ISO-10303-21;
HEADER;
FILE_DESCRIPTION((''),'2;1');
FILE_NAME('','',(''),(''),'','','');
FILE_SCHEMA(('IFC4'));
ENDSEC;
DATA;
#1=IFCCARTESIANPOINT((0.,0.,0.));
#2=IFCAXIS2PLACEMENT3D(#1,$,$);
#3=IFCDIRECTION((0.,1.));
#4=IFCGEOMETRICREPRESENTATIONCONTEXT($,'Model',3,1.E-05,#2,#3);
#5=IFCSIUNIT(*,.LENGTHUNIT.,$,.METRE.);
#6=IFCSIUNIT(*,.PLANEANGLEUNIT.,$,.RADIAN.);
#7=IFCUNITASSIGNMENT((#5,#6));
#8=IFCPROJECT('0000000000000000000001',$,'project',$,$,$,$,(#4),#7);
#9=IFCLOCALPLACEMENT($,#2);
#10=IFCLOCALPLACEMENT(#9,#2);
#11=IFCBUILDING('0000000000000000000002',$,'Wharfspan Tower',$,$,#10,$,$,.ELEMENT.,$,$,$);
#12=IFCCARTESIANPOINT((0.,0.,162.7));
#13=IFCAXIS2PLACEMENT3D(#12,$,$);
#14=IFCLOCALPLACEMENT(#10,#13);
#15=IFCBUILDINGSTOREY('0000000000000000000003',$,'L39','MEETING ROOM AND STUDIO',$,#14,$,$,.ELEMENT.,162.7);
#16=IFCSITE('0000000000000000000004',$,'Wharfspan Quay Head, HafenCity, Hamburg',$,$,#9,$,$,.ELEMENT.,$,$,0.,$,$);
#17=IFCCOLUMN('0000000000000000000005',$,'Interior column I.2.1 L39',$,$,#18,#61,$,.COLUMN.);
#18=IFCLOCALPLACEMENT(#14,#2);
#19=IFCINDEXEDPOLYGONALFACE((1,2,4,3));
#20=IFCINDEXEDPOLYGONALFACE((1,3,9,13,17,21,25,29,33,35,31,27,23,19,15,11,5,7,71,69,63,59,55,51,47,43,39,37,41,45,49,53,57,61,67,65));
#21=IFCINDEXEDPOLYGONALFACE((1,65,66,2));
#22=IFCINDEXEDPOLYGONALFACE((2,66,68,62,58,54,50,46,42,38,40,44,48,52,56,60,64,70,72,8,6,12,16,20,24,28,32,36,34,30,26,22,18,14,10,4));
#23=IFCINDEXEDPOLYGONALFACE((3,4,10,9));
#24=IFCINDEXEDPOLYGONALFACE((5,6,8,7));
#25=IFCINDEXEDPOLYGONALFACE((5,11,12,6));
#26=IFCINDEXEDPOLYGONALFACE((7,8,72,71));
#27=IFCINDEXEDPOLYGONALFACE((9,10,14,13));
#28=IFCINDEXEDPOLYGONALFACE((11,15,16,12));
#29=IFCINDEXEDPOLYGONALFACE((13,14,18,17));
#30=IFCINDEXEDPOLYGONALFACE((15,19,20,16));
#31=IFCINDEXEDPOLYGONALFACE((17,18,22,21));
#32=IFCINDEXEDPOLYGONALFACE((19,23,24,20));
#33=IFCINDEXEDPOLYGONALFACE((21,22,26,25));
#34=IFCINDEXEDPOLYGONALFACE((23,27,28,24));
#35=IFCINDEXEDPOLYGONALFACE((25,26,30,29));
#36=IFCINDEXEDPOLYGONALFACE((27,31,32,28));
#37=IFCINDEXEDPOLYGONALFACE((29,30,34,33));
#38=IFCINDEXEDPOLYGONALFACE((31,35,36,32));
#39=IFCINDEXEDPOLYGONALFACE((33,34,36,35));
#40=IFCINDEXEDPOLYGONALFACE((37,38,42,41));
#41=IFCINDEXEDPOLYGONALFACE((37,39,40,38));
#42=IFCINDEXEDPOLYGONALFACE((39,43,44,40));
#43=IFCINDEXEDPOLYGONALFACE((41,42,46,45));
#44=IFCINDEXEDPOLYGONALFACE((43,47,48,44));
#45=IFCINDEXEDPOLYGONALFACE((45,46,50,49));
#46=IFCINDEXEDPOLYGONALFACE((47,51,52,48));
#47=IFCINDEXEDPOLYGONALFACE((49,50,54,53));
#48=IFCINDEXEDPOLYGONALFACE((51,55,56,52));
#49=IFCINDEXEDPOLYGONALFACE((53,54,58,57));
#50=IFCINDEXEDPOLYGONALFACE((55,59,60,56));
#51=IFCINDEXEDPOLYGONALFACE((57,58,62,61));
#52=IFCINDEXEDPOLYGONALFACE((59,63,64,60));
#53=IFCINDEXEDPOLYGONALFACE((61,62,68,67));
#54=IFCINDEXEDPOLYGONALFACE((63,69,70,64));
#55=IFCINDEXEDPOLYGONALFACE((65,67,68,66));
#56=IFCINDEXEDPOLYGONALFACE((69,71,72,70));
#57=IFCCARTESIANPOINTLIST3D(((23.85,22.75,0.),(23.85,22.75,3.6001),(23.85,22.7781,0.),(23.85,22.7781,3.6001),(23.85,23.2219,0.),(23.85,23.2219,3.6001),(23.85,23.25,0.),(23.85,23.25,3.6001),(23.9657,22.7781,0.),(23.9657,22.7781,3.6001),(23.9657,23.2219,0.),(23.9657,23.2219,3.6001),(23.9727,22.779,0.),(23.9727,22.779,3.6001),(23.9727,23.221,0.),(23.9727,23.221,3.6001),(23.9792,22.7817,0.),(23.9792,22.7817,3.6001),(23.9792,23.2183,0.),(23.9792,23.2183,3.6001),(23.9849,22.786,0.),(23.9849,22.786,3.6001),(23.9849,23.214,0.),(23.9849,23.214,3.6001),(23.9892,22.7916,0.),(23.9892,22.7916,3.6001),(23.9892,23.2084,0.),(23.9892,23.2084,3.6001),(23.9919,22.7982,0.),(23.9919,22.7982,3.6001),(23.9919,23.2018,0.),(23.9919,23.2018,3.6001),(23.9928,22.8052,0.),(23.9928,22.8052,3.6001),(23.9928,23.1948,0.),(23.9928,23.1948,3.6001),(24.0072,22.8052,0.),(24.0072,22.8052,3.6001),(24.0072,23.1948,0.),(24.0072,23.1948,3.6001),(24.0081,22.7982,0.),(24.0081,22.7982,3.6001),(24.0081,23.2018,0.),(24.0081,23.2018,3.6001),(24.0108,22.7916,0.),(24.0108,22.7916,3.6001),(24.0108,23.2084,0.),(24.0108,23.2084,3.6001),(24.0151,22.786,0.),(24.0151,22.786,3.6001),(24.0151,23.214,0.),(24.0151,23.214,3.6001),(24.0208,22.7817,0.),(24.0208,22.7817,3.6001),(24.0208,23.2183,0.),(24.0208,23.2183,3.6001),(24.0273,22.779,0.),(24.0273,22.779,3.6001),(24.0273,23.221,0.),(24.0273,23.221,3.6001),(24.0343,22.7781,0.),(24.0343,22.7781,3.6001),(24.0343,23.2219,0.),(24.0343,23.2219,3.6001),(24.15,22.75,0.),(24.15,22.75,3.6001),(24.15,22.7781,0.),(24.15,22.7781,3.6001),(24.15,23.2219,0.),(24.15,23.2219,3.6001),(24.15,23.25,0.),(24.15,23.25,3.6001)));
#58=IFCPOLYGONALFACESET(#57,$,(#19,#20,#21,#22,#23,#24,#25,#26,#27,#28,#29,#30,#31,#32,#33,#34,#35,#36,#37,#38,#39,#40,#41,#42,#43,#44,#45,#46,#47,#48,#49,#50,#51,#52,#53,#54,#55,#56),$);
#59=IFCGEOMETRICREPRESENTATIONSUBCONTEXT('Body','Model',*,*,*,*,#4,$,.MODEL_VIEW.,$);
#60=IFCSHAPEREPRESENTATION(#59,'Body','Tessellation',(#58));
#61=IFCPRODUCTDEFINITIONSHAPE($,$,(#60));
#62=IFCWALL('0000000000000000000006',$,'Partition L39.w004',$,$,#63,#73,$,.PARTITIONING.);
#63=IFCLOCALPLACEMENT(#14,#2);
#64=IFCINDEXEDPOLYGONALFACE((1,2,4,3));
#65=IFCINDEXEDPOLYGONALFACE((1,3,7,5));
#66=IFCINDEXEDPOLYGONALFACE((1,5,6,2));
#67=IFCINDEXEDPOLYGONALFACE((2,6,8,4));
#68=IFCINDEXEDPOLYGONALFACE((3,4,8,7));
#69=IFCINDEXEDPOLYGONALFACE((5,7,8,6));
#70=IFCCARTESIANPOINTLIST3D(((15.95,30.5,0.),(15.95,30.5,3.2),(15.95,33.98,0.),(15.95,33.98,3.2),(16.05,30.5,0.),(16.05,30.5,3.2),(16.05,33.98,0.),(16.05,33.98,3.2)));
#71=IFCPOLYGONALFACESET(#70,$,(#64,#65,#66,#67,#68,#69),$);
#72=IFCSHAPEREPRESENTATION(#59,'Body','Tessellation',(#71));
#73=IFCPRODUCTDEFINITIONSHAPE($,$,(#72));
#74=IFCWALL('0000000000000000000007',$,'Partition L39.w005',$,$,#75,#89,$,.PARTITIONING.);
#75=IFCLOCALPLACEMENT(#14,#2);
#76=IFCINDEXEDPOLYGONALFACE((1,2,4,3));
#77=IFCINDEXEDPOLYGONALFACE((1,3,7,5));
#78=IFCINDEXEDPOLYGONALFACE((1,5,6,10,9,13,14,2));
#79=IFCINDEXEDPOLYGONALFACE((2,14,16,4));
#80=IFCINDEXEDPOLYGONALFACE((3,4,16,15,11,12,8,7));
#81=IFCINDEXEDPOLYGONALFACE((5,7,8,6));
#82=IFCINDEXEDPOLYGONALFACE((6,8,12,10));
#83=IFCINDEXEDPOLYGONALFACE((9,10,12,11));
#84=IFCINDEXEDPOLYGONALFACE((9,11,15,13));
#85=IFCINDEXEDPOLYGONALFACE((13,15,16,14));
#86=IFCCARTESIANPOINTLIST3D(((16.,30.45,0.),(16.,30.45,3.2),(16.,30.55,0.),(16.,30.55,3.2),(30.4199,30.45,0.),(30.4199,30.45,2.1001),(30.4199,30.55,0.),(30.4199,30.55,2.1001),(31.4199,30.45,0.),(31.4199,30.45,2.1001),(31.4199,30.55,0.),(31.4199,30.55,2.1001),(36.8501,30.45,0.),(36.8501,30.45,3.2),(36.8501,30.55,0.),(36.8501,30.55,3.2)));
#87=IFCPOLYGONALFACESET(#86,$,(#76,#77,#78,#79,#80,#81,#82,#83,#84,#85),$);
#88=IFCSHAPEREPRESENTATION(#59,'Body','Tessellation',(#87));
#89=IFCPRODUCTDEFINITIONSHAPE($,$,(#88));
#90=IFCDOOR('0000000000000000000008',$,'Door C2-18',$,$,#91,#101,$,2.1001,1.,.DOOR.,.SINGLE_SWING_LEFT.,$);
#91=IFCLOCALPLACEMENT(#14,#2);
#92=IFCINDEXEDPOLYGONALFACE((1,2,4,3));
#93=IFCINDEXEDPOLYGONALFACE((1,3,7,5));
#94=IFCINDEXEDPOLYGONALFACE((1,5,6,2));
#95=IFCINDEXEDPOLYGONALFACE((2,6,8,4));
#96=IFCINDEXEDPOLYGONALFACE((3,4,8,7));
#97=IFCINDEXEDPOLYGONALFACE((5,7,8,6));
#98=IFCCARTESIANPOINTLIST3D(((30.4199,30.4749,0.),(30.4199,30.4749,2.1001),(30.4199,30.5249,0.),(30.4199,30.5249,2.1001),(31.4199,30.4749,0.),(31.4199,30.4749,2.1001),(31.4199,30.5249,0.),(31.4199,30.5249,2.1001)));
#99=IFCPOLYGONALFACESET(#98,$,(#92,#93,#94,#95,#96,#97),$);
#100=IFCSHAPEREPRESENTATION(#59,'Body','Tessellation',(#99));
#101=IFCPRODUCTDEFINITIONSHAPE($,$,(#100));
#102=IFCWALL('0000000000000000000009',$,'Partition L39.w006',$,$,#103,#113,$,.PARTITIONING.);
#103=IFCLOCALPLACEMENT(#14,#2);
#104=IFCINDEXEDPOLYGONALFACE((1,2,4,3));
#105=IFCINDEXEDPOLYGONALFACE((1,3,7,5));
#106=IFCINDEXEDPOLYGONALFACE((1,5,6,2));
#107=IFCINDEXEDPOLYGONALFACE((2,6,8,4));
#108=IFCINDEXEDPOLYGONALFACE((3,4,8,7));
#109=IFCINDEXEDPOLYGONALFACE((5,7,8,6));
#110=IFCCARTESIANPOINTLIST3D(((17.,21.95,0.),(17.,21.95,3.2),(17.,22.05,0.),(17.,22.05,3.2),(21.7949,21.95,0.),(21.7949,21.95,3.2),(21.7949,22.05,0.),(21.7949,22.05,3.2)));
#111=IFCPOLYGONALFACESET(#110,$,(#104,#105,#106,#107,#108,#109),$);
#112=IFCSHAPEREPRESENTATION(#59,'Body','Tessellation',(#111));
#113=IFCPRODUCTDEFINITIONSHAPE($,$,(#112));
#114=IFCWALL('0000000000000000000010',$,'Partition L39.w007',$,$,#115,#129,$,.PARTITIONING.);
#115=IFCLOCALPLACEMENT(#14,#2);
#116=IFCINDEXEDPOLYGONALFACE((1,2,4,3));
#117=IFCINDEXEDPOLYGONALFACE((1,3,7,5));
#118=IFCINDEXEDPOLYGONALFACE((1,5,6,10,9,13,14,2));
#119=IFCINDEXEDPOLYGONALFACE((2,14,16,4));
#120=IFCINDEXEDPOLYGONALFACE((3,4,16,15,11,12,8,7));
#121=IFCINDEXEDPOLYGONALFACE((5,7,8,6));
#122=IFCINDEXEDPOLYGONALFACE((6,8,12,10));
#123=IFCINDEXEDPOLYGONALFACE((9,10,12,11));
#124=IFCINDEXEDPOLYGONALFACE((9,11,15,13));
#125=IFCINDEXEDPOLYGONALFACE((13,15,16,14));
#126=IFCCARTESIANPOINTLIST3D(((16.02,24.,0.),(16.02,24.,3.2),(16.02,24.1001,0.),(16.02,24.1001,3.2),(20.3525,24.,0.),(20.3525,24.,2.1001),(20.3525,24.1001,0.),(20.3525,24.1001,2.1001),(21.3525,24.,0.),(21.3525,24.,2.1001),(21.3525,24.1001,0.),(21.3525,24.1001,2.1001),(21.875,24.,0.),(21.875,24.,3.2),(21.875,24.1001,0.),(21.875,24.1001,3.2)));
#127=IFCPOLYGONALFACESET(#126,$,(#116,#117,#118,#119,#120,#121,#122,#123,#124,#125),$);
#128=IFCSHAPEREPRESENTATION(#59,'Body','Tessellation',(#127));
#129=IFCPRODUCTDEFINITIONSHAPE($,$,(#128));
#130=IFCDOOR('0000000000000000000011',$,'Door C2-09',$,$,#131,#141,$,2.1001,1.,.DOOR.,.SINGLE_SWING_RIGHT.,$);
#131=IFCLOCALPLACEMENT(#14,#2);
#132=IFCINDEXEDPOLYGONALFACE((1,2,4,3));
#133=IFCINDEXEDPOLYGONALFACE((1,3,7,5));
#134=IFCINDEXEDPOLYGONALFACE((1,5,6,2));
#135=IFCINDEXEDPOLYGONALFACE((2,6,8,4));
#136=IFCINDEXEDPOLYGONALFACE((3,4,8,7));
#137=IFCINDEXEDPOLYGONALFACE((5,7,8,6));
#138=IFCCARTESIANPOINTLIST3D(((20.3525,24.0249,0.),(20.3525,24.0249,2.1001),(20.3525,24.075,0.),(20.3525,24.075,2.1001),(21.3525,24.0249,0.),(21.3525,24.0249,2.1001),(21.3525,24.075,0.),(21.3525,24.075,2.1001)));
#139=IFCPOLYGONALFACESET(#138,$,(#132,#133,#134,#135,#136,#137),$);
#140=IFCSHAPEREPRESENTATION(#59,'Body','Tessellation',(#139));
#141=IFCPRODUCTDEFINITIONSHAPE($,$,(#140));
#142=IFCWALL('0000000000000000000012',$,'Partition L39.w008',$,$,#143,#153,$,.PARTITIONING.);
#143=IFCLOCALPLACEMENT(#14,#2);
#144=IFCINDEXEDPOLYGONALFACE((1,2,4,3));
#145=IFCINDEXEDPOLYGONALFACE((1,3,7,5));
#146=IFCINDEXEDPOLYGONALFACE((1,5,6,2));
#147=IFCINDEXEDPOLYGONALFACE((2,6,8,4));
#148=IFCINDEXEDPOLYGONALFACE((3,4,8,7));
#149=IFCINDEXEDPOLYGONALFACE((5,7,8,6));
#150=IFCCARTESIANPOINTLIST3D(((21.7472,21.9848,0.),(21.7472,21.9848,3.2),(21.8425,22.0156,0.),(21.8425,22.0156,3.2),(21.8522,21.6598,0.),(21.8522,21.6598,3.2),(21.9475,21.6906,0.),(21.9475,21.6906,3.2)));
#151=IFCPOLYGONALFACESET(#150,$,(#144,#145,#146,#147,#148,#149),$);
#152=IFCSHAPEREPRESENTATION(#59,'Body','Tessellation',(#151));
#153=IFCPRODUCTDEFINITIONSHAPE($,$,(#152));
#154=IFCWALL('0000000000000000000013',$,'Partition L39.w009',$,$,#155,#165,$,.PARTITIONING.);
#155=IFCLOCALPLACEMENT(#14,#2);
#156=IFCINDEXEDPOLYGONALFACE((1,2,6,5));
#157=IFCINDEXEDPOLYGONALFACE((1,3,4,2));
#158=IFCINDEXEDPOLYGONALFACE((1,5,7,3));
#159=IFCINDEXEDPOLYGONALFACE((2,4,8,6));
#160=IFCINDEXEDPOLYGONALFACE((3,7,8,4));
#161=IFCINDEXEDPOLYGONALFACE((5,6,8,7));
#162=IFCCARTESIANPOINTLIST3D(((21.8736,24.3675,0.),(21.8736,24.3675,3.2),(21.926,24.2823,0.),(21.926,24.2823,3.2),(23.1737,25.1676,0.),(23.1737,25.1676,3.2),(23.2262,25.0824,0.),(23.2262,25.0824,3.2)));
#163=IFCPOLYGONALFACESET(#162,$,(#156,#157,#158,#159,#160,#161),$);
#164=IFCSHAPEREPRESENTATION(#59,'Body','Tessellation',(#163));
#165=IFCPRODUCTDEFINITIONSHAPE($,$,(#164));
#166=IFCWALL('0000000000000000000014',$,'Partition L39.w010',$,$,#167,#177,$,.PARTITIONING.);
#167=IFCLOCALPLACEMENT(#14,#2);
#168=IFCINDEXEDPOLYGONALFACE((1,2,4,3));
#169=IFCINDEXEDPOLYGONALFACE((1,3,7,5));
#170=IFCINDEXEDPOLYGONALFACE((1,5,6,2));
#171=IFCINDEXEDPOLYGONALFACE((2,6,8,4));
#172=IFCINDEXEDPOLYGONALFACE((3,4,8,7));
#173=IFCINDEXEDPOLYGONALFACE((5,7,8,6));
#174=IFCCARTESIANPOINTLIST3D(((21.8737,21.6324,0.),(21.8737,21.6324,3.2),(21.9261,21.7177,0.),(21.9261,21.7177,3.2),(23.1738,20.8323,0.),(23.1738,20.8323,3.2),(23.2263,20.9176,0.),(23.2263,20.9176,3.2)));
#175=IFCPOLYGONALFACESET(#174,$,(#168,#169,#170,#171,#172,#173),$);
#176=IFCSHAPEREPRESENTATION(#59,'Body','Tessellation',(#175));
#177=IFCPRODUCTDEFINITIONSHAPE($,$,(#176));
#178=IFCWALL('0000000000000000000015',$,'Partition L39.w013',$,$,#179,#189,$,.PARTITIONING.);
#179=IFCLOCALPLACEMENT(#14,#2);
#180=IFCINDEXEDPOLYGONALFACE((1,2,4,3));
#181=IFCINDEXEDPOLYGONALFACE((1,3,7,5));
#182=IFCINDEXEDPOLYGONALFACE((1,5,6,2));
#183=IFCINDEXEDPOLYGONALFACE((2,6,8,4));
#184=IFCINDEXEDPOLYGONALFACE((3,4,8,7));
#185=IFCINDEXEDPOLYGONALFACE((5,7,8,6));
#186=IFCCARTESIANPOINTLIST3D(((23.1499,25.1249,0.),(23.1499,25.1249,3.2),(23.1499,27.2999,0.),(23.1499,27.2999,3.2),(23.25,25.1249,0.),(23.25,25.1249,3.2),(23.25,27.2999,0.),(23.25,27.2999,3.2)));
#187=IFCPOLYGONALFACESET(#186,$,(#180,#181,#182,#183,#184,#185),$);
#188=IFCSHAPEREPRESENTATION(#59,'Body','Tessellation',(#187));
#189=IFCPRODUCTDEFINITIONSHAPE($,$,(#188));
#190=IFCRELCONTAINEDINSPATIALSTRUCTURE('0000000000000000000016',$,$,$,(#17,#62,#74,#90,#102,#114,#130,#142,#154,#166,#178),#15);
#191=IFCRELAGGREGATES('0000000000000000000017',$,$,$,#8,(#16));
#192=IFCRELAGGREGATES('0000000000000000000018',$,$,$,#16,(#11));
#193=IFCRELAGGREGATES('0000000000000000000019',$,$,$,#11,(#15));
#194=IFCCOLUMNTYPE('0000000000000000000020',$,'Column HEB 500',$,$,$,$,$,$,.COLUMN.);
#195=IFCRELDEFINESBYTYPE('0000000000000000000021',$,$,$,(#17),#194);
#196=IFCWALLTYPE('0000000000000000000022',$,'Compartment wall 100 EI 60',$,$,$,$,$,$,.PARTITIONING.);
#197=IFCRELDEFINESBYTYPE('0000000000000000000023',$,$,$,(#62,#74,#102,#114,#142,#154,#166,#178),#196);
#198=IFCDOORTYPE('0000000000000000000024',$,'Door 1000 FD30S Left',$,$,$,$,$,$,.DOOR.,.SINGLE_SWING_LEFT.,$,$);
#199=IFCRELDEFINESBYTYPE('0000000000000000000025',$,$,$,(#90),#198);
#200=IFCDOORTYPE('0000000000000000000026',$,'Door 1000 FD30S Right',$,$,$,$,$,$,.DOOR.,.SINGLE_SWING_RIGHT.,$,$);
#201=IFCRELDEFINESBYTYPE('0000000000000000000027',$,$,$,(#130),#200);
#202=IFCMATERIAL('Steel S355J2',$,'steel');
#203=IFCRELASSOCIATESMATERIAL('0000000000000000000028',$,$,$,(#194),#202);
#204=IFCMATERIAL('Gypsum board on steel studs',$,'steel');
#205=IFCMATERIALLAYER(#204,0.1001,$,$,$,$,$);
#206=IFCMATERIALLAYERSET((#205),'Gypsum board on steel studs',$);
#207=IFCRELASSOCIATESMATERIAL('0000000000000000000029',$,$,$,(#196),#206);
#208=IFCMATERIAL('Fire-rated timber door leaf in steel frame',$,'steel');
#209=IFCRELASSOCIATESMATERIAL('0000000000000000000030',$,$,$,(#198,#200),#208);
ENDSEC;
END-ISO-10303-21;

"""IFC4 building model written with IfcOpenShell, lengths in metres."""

from ifc_helpers import new_model, si_unit, direction, frame, frame_2d, origin, origin_2d, place, context, subcontext, project, spatial, rectangle, i_section, extrude, material, layer, layer_set, material_profile, profile_set, type_object, element, fill, save


model = new_model("IFC4")

# Units and contexts
model_context = context("Model", 3, precision=1e-05, world=origin(), true_north=direction((0.0, 1.0)))
body_context = subcontext(model_context, "Body", "Model", "MODEL_VIEW")
ifc_project = project(units=[si_unit("LENGTHUNIT", "METRE"), si_unit("PLANEANGLEUNIT", "RADIAN")], contexts=[model_context])

# Site, building, storey
site_placement = place(None, origin())
site = spatial("IfcSite", under=ifc_project, at=site_placement, Name="Wharfspan Quay Head, HafenCity, Hamburg", CompositionType="ELEMENT", RefElevation=0.0)
building_placement = place(site_placement, origin())
building = spatial("IfcBuilding", under=site, at=building_placement, Name="Wharfspan Tower", CompositionType="ELEMENT")
storey_placement = place(building_placement, frame((0.0, 0.0, 162.7)))
storey = spatial("IfcBuildingStorey", under=building, at=storey_placement, Name="L39", Description="MEETING ROOM AND STUDIO", CompositionType="ELEMENT", Elevation=162.7)

# Column
ifc_material_1 = material(Name="Steel S355J2", Category="steel")
ifc_material_profile = material_profile(ifc_material_1, i_section(OverallWidth=0.3, OverallDepth=0.5, WebThickness=0.0144, FlangeThickness=0.0281, FilletRadius=0.0271, at=origin_2d()))
ifc_profile_set = profile_set([ifc_material_profile], Name="Steel S355J2")
column_type = type_object("IfcColumnType", Name="Column HEB 500", PredefinedType="COLUMN", material=ifc_profile_set)
column_placement = place(storey_placement, frame((24.0, 23.0, 0.0), z_axis=(0.0, 0.0, 1.0), x_axis=(1.0, 0.0, 0.0)))
element("IfcColumn", 1, at=column_placement, inside=storey, type_object=column_type, Name="Interior column I.2.1 L39", PredefinedType="COLUMN", context=body_context, shape_type="SweptSolid", body=[
    extrude(i_section(OverallWidth=0.3, OverallDepth=0.5, WebThickness=0.0144, FlangeThickness=0.0281, FilletRadius=0.0271, at=origin_2d()), origin(), (0.0, 0.0, 1.0), 3.6001),
])

# Wall
ifc_material_2 = material(Name="Gypsum board on steel studs", Category="steel")
ifc_layer_1 = layer(ifc_material_2, 0.1001)
ifc_layer_set_1 = layer_set([ifc_layer_1], Name="Gypsum board on steel studs")
wall_type_1 = type_object("IfcWallType", Name="Compartment wall 100 EI 60", PredefinedType="PARTITIONING", material=ifc_layer_set_1)
wall_1_placement = place(storey_placement, frame((16.0, 30.5, 0.0), z_axis=(0.0, 0.0, 1.0), x_axis=(0.0, 1.0, 0.0)))
element("IfcWall", 2, at=wall_1_placement, inside=storey, type_object=wall_type_1, Name="Partition L39.w004", PredefinedType="PARTITIONING", context=body_context, shape_type="SweptSolid", body=[
    extrude(rectangle(XDim=3.48, YDim=0.1001, at=frame_2d((1.74, 0.0))), origin(), (0.0, 0.0, 1.0), 3.2),
])

# Wall, opening, door
wall_2_placement = place(storey_placement, frame((16.0, 30.5, 0.0), z_axis=(0.0, 0.0, 1.0), x_axis=(1.0, 0.0, 0.0)))
wall_2 = element("IfcWall", 3, at=wall_2_placement, inside=storey, type_object=wall_type_1, Name="Partition L39.w005", PredefinedType="PARTITIONING", context=body_context, shape_type="SweptSolid", body=[
    extrude(rectangle(XDim=20.8501, YDim=0.1001, at=frame_2d((10.425, 0.0))), origin(), (0.0, 0.0, 1.0), 3.2),
])
opening_1_placement = place(wall_2_placement, frame((14.4199, 0.0, 0.0)))
opening_1 = element("IfcOpeningElement", 4, at=opening_1_placement, cuts=wall_2, PredefinedType="OPENING", context=body_context, shape_type="SweptSolid", body=[
    extrude(rectangle(XDim=1.0, YDim=2.1001, at=frame_2d((0.5, 1.05))), frame((0.0, 0.0601, 0.0), z_axis=(0.0, -1.0, 0.0), x_axis=(1.0, 0.0, 0.0)), (0.0, 0.0, 1.0), 0.1201),
])
ifc_material_3 = material(Name="Fire-rated timber door leaf in steel frame", Category="steel")
door_type_1 = type_object("IfcDoorType", Name="Door 1000 FD30S Left", OperationType="SINGLE_SWING_LEFT", PredefinedType="DOOR", material=ifc_material_3)
door_1_placement = place(opening_1_placement, origin())
door_1 = element("IfcDoor", 5, at=door_1_placement, inside=storey, type_object=door_type_1, Name="Door C2-18", OperationType="SINGLE_SWING_LEFT", OverallHeight=2.1001, OverallWidth=1.0, PredefinedType="DOOR", context=body_context, shape_type="SweptSolid", body=[
    extrude(rectangle(XDim=1.0, YDim=2.1001, at=frame_2d((0.5, 1.05))), frame((0.0, 0.0249, 0.0), z_axis=(0.0, -1.0, 0.0), x_axis=(1.0, 0.0, 0.0)), (0.0, 0.0, 1.0), 0.05),
])
fill(opening_1, door_1)

# Wall
wall_3_placement = place(storey_placement, frame((17.0, 22.0, 0.0), z_axis=(0.0, 0.0, 1.0), x_axis=(1.0, 0.0, 0.0)))
element("IfcWall", 6, at=wall_3_placement, inside=storey, type_object=wall_type_1, Name="Partition L39.w006", PredefinedType="PARTITIONING", context=body_context, shape_type="SweptSolid", body=[
    extrude(rectangle(XDim=4.7949, YDim=0.1001, at=frame_2d((2.3975, 0.0))), origin(), (0.0, 0.0, 1.0), 3.2),
])

# Wall, opening, door
wall_4_placement = place(storey_placement, frame((16.02, 24.05, 0.0), z_axis=(0.0, 0.0, 1.0), x_axis=(1.0, 0.0, 0.0)))
wall_4 = element("IfcWall", 7, at=wall_4_placement, inside=storey, type_object=wall_type_1, Name="Partition L39.w007", PredefinedType="PARTITIONING", context=body_context, shape_type="SweptSolid", body=[
    extrude(rectangle(XDim=5.855, YDim=0.1001, at=frame_2d((2.9275, 0.0))), origin(), (0.0, 0.0, 1.0), 3.2),
])
opening_2_placement = place(wall_4_placement, frame((4.3325, 0.0, 0.0)))
opening_2 = element("IfcOpeningElement", 8, at=opening_2_placement, cuts=wall_4, PredefinedType="OPENING", context=body_context, shape_type="SweptSolid", body=[
    extrude(rectangle(XDim=1.0, YDim=2.1001, at=frame_2d((0.5, 1.05))), frame((0.0, 0.0601, 0.0), z_axis=(0.0, -1.0, 0.0), x_axis=(1.0, 0.0, 0.0)), (0.0, 0.0, 1.0), 0.1201),
])
door_type_2 = type_object("IfcDoorType", Name="Door 1000 FD30S Right", OperationType="SINGLE_SWING_RIGHT", PredefinedType="DOOR", material=ifc_material_3)
door_2_placement = place(opening_2_placement, origin())
door_2 = element("IfcDoor", 9, at=door_2_placement, inside=storey, type_object=door_type_2, Name="Door C2-09", OperationType="SINGLE_SWING_RIGHT", OverallHeight=2.1001, OverallWidth=1.0, PredefinedType="DOOR", context=body_context, shape_type="SweptSolid", body=[
    extrude(rectangle(XDim=1.0, YDim=2.1001, at=frame_2d((0.5, 1.05))), frame((0.0, 0.0249, 0.0), z_axis=(0.0, -1.0, 0.0), x_axis=(1.0, 0.0, 0.0)), (0.0, 0.0, 1.0), 0.05),
])
fill(opening_2, door_2)

# Walls
wall_5_placement = place(storey_placement, frame((21.8999, 21.675, 0.0), z_axis=(0.0, 0.0, 1.0), x_axis=(-0.30742, 0.951572, 0.0)))
element("IfcWall", 10, at=wall_5_placement, inside=storey, type_object=wall_type_1, Name="Partition L39.w008", PredefinedType="PARTITIONING", context=body_context, shape_type="SweptSolid", body=[
    extrude(rectangle(XDim=0.3416, YDim=0.1001, at=frame_2d((0.1709, 0.0))), origin(), (0.0, 0.0, 1.0), 3.2),
])
for number, where, z_axis, x_axis, name in (
    (11, (21.8999, 24.325, 0.0), (0.0, 0.0, 1.0), (0.851649, 0.524104, 0.0), "Partition L39.w009"),
    (12, (23.2, 20.875, 0.0), (0.0, 0.0, 1.0), (-0.851649, 0.524104, 0.0), "Partition L39.w010"),
):
    element("IfcWall", number, at=place(storey_placement, frame(where, z_axis=z_axis, x_axis=x_axis)), inside=storey, type_object=wall_type_1, Name=name, PredefinedType="PARTITIONING", context=body_context, shape_type="SweptSolid", body=[
        extrude(rectangle(XDim=1.5266, YDim=0.1001, at=frame_2d((0.7632, 0.0))), origin(), (0.0, 0.0, 1.0), 3.2),
    ])
wall_6_placement = place(storey_placement, frame((23.2, 25.125, 0.0), z_axis=(0.0, 0.0, 1.0), x_axis=(0.0, 1.0, 0.0)))
element("IfcWall", 13, at=wall_6_placement, inside=storey, type_object=wall_type_1, Name="Partition L39.w013", PredefinedType="PARTITIONING", context=body_context, shape_type="SweptSolid", body=[
    extrude(rectangle(XDim=2.175, YDim=0.1001, at=frame_2d((1.0874, 0.0))), origin(), (0.0, 0.0, 1.0), 3.2),
])

save(model, "model.ifc")
